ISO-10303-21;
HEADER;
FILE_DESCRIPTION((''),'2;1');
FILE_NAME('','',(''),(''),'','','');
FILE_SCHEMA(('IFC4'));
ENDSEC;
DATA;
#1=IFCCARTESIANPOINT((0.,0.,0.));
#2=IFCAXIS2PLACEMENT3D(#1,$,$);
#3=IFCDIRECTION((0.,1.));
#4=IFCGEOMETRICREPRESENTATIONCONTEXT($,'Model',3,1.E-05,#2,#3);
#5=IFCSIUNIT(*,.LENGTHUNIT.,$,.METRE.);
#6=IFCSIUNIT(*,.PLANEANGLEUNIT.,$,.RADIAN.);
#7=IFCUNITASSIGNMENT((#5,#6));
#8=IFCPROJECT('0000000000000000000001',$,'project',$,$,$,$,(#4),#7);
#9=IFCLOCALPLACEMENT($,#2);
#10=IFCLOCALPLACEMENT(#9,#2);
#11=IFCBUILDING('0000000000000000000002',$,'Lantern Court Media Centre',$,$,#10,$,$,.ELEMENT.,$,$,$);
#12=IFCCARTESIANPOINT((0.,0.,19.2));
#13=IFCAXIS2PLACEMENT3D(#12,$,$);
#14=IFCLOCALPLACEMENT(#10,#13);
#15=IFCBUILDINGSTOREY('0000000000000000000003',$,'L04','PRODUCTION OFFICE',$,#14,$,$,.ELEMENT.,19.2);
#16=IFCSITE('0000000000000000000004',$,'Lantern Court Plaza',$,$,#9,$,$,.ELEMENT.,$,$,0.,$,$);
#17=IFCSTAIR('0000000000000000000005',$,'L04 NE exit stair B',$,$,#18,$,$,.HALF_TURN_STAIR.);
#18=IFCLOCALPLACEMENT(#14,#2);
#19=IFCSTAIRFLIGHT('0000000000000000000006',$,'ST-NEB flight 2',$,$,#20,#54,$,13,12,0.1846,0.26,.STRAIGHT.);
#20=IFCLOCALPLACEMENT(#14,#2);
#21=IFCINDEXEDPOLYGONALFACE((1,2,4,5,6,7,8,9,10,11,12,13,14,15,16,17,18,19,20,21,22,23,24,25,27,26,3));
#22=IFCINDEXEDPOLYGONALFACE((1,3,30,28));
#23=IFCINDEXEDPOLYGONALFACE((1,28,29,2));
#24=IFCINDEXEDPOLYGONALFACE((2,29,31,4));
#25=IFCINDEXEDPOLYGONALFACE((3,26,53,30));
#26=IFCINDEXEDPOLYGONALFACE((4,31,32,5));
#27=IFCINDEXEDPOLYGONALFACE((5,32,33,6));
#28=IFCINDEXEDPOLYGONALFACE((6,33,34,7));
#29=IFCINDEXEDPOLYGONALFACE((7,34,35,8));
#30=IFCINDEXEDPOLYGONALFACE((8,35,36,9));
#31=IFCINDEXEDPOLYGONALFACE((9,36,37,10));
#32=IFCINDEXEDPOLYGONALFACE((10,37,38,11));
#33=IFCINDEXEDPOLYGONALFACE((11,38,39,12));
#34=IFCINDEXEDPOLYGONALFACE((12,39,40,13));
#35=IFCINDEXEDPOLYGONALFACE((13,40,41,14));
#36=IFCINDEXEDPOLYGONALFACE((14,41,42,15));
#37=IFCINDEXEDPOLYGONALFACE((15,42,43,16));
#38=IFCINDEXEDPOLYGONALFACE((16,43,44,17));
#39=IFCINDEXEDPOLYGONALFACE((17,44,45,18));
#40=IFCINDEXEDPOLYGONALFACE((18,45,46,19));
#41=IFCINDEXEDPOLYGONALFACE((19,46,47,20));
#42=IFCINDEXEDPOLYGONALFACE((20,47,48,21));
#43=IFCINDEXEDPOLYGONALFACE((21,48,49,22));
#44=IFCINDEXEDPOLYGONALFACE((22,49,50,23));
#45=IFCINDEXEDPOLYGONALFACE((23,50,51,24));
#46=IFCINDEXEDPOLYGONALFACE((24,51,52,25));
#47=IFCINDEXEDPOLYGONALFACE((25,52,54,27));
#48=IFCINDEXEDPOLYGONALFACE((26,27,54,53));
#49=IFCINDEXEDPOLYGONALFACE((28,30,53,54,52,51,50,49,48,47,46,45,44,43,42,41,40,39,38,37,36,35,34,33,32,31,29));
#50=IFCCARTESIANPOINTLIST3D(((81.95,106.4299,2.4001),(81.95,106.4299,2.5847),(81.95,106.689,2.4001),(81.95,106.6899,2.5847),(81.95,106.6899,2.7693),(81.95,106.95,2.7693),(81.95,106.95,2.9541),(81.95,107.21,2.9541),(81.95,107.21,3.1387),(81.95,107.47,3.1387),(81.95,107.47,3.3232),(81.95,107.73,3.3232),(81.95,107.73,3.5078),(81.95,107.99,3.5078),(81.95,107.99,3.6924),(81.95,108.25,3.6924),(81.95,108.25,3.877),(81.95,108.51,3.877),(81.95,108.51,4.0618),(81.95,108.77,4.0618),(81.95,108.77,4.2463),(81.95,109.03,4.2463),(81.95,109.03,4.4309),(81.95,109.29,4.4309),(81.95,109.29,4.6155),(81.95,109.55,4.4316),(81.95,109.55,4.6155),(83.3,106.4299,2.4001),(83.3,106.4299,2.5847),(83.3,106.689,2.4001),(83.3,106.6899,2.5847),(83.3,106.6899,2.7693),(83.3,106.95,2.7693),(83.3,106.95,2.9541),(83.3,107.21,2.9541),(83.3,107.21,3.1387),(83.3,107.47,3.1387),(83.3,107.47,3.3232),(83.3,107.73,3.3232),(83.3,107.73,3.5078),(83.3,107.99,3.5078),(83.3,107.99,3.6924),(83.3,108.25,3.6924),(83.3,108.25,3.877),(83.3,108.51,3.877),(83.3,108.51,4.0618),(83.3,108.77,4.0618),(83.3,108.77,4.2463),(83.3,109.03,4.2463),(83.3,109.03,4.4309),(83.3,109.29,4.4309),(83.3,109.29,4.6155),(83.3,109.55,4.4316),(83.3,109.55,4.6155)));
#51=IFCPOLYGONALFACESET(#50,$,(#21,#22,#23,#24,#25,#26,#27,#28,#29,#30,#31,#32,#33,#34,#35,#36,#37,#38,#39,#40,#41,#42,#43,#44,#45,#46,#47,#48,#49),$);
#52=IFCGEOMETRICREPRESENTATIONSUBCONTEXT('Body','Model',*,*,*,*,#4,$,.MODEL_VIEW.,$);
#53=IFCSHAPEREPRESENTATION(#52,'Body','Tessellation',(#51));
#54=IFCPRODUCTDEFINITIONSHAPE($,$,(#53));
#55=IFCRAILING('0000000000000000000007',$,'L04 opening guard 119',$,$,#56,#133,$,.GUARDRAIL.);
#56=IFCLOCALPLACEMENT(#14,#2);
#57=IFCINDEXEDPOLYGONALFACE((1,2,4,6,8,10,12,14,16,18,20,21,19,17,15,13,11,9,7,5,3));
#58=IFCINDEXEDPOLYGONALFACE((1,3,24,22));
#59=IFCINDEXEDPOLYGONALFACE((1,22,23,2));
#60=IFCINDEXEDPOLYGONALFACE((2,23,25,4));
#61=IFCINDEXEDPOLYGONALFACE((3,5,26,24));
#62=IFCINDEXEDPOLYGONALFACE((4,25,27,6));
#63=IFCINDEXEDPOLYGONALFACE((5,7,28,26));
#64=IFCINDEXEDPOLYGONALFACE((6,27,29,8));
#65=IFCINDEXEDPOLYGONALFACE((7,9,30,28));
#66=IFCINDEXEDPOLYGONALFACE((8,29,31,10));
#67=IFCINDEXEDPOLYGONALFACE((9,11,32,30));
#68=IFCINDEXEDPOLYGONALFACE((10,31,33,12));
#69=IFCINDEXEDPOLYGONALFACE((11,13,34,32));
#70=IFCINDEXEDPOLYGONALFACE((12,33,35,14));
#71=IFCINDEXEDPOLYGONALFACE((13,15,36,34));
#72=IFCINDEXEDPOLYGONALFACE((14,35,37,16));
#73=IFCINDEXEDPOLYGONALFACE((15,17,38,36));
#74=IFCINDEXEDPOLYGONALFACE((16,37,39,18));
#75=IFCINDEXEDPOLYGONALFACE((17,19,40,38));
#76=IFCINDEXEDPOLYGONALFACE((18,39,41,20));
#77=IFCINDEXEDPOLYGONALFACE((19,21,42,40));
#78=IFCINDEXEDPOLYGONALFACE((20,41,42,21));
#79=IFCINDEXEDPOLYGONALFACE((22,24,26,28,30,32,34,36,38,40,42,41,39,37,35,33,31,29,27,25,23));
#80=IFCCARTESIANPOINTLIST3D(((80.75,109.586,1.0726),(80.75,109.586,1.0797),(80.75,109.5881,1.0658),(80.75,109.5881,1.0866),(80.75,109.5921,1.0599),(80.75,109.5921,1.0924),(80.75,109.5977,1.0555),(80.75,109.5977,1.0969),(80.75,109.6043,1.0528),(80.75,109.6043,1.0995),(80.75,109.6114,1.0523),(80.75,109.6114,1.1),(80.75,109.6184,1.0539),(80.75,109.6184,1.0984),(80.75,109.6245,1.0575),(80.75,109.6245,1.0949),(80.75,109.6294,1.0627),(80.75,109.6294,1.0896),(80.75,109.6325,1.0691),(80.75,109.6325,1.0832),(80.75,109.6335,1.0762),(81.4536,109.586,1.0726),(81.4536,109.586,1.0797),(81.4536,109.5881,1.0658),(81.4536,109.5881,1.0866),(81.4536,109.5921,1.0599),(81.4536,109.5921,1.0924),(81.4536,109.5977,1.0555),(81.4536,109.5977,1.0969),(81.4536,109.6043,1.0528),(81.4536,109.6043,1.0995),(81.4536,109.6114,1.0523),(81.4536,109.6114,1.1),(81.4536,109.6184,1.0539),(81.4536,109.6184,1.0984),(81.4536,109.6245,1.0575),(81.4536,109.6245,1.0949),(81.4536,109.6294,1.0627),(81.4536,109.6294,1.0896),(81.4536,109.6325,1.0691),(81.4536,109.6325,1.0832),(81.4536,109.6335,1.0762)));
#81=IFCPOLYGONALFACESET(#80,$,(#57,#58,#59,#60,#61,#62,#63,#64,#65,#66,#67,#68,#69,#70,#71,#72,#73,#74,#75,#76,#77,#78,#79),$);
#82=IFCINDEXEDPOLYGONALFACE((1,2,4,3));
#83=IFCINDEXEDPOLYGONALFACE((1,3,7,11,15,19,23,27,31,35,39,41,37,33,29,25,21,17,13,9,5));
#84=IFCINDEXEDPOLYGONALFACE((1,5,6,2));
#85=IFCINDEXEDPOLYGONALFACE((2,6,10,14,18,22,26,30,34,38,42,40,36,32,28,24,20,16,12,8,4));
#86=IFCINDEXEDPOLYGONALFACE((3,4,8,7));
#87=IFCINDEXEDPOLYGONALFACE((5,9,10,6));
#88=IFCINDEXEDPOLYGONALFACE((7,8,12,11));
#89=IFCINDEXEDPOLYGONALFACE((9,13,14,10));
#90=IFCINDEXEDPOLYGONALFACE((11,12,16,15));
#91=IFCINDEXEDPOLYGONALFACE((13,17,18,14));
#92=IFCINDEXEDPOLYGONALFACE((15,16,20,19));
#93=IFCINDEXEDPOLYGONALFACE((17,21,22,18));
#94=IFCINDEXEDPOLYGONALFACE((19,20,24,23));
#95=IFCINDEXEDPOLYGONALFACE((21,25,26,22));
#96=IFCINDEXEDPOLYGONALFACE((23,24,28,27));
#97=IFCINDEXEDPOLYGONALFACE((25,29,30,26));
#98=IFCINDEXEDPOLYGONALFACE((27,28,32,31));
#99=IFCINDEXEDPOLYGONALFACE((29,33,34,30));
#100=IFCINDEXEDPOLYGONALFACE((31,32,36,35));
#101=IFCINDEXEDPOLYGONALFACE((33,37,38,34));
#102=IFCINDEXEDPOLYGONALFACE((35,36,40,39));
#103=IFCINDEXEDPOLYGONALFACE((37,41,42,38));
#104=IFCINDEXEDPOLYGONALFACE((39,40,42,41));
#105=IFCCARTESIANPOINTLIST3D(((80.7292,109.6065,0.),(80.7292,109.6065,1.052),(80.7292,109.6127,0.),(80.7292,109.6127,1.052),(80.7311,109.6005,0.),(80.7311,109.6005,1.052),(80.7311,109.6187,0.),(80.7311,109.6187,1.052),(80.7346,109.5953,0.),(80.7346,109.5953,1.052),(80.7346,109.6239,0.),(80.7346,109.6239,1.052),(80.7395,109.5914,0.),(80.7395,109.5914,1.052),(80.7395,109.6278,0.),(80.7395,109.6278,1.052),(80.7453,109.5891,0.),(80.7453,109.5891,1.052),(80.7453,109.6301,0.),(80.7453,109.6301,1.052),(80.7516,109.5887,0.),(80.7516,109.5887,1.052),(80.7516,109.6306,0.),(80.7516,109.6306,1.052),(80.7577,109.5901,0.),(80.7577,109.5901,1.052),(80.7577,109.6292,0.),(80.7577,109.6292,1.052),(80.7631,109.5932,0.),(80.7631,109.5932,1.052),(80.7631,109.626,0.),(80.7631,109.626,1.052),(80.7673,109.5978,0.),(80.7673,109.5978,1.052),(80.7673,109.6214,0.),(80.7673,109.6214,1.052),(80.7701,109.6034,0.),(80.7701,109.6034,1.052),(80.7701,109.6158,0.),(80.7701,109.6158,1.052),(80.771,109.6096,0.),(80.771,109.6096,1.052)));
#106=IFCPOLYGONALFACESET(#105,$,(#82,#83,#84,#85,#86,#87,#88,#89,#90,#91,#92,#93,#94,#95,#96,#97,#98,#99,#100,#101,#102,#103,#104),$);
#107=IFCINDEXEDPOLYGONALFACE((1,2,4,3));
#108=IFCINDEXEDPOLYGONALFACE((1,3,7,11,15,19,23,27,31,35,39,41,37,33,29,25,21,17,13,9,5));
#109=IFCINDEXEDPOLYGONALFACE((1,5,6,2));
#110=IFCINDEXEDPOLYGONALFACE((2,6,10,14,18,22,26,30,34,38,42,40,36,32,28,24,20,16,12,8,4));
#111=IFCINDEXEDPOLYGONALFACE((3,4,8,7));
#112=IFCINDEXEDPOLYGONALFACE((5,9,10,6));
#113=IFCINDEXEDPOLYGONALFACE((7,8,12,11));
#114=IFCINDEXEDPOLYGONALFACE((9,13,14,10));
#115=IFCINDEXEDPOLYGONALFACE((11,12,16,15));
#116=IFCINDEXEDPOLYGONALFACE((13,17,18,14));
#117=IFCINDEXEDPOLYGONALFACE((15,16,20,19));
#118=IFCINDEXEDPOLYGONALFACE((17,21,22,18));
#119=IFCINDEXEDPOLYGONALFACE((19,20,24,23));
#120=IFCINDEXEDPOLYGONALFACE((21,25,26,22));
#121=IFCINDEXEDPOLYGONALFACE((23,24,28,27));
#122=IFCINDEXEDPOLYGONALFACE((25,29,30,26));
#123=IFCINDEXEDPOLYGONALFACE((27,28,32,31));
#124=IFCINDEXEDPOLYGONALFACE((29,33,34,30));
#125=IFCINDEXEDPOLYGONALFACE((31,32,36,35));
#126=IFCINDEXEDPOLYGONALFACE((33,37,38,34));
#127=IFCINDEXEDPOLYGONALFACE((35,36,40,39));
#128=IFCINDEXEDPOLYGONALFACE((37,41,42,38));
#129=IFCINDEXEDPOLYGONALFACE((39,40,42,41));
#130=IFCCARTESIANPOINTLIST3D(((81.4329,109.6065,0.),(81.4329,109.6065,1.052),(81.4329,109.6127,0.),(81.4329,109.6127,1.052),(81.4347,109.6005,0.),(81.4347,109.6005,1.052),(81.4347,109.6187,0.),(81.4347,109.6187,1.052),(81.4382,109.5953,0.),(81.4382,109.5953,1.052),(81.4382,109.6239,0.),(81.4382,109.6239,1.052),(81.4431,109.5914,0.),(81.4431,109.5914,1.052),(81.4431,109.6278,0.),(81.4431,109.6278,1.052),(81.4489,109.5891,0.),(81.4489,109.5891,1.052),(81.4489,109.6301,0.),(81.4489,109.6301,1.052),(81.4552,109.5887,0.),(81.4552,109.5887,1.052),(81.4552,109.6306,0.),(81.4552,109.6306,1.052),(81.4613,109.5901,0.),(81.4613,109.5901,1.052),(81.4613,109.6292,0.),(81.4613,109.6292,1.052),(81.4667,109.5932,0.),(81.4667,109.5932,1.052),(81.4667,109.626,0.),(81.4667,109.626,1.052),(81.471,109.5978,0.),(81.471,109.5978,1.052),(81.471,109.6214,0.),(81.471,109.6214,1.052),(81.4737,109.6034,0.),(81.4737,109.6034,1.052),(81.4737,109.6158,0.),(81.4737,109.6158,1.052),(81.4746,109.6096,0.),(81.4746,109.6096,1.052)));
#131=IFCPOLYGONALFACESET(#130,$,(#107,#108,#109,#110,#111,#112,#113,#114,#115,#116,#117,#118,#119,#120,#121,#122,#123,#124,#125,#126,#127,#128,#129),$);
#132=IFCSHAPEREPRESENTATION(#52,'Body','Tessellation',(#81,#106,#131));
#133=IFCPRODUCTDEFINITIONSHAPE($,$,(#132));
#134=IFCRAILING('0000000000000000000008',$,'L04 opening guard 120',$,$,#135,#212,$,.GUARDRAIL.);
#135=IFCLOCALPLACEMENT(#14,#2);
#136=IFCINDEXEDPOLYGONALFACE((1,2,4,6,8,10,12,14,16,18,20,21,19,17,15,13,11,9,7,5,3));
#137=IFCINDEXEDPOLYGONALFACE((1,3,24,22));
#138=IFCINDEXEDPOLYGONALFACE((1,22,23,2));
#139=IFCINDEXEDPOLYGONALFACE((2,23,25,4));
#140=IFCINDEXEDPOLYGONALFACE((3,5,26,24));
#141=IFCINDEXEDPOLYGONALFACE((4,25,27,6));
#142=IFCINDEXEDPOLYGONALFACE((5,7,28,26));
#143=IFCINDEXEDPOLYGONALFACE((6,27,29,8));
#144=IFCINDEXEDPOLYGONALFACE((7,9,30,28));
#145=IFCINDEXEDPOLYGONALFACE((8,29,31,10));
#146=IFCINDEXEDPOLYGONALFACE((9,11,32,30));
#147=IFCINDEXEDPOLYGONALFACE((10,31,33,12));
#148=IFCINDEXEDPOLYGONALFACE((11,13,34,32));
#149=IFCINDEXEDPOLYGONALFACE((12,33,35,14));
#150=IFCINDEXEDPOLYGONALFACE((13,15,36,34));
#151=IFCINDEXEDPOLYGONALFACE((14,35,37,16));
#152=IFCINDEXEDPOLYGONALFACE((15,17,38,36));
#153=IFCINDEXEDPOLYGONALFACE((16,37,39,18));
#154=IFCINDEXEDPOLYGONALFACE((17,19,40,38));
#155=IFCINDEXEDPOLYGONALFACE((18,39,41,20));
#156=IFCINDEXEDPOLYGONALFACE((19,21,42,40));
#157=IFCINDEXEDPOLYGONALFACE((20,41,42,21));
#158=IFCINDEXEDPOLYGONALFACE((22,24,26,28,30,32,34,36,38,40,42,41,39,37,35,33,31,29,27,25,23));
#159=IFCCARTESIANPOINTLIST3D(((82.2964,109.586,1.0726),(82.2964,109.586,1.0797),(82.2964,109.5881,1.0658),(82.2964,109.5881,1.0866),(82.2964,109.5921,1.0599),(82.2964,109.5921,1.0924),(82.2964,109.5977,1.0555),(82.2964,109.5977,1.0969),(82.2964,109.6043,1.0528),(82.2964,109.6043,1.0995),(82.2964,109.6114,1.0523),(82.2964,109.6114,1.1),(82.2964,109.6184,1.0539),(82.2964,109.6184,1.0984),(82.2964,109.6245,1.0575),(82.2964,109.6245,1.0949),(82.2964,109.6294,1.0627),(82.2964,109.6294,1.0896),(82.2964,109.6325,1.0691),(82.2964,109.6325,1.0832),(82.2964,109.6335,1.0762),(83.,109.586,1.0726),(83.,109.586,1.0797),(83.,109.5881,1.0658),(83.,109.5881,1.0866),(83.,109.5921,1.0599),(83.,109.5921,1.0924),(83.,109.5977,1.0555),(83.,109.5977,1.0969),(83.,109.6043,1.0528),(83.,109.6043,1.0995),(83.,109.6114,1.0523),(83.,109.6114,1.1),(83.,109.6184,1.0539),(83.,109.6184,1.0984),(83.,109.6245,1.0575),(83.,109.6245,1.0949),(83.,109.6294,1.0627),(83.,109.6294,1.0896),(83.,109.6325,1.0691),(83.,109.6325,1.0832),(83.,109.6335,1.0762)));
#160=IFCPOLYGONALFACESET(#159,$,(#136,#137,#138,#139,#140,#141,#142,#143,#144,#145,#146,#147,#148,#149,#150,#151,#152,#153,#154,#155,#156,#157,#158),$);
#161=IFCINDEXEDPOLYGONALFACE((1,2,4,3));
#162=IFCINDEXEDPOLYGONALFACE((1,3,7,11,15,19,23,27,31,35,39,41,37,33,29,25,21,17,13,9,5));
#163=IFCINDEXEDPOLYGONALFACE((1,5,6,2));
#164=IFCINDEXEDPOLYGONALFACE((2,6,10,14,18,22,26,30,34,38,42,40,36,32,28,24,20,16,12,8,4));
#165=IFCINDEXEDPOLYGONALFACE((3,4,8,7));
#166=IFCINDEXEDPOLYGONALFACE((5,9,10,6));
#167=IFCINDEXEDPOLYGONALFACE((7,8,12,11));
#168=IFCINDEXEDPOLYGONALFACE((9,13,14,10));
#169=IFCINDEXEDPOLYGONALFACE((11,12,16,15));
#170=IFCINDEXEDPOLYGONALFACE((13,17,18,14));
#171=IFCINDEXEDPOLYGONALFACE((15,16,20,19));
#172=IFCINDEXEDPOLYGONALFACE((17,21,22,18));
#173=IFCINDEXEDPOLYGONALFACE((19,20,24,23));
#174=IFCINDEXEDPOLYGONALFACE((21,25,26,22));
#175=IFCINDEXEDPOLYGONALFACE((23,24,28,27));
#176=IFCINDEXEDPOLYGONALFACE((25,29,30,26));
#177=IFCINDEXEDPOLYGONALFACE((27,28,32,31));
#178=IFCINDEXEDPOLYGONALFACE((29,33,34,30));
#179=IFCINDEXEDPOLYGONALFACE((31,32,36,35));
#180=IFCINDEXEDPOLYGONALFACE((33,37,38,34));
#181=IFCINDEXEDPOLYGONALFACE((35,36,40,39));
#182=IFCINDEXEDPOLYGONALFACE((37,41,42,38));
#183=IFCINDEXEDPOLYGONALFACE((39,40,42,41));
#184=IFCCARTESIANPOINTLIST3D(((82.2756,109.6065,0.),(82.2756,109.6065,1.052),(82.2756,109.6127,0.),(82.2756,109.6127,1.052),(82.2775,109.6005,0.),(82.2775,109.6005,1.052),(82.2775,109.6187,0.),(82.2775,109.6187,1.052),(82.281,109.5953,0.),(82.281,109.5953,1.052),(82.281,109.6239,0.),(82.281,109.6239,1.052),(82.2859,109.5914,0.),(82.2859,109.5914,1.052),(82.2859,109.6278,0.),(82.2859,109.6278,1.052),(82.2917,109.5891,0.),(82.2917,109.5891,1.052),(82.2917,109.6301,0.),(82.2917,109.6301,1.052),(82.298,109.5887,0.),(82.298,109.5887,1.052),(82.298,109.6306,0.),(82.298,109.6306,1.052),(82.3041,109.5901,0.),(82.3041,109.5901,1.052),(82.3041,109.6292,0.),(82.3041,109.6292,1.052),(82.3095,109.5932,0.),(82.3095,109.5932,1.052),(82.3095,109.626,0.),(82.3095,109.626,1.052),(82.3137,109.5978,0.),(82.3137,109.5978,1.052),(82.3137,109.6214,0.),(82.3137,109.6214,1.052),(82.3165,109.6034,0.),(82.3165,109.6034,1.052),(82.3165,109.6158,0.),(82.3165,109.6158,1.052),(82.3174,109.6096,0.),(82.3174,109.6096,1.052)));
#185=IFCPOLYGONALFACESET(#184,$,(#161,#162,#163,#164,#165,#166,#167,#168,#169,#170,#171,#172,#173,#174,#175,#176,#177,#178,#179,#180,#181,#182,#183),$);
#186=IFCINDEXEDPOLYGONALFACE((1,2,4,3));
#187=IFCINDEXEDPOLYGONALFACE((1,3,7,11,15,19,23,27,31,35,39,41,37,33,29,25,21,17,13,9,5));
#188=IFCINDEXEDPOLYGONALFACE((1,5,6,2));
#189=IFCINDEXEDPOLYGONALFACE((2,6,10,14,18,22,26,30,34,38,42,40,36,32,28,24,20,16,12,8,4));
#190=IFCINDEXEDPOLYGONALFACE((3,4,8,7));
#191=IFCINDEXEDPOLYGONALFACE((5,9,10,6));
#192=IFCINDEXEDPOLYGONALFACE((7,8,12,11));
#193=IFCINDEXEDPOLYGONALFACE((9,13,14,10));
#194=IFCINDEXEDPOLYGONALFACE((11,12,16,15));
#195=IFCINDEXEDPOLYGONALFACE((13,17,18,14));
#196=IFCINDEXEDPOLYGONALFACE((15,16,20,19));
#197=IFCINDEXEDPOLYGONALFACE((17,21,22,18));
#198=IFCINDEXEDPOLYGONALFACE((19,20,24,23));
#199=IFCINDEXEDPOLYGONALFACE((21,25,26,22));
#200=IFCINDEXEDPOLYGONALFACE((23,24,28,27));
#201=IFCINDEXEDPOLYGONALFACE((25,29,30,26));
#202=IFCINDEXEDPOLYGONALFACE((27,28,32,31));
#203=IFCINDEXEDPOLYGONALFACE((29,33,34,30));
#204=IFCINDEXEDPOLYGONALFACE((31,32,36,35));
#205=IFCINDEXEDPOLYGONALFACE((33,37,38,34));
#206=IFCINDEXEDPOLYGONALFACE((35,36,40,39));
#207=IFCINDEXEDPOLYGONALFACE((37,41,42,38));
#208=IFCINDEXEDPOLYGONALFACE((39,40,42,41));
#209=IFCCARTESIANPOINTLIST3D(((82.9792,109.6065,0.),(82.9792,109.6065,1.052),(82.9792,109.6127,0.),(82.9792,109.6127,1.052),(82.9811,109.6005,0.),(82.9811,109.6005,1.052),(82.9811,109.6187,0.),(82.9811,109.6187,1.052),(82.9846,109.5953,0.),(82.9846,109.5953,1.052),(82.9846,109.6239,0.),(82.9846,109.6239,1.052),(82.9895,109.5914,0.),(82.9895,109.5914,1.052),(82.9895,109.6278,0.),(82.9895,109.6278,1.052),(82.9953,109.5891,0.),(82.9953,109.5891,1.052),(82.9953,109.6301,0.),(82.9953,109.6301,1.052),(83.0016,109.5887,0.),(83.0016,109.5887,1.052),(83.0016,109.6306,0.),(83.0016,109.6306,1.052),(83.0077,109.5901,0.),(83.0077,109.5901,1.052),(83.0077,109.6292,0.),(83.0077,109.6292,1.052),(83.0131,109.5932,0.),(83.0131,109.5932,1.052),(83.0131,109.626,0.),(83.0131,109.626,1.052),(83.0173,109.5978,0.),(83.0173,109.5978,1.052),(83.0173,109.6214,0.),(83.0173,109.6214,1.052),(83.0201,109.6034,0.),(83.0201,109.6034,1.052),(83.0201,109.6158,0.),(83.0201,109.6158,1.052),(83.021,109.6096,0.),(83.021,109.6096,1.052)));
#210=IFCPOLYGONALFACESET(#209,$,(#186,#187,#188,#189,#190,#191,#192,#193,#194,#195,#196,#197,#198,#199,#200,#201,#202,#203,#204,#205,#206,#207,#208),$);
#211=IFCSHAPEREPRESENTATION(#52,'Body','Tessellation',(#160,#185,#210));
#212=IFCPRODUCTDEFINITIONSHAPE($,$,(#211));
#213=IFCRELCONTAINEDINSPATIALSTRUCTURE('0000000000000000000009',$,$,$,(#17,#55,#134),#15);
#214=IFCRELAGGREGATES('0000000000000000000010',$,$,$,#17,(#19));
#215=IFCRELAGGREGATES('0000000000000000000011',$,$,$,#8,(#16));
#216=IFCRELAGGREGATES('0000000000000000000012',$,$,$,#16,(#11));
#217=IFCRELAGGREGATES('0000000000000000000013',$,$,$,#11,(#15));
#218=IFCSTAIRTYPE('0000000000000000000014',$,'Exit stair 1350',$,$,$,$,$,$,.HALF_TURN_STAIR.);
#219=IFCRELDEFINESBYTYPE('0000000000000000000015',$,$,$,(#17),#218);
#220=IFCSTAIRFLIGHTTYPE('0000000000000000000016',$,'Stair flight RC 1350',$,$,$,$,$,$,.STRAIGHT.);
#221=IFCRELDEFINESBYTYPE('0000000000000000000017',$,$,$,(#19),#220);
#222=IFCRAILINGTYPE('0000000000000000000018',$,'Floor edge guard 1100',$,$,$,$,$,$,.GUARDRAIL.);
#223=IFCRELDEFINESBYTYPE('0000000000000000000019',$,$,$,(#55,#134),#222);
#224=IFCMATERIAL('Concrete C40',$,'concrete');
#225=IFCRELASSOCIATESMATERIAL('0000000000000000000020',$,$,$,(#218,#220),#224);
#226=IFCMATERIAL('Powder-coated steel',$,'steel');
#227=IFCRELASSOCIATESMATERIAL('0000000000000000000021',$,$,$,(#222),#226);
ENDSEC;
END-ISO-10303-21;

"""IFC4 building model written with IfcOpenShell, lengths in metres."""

from ifc_helpers import new_model, si_unit, direction, frame, origin, origin_2d, place, context, subcontext, project, spatial, polyline, circle, outline, extrude, material, type_object, element, aggregate, save


model = new_model("IFC4")

# Units and contexts
model_context = context("Model", 3, precision=1e-05, world=origin(), true_north=direction((0.0, 1.0)))
body_context = subcontext(model_context, "Body", "Model", "MODEL_VIEW")
ifc_project = project(units=[si_unit("LENGTHUNIT", "METRE"), si_unit("PLANEANGLEUNIT", "RADIAN")], contexts=[model_context])

# Site, building, storey
site_placement = place(None, origin())
site = spatial("IfcSite", under=ifc_project, at=site_placement, Name="Lantern Court Plaza", CompositionType="ELEMENT", RefElevation=0.0)
building_placement = place(site_placement, origin())
building = spatial("IfcBuilding", under=site, at=building_placement, Name="Lantern Court Media Centre", CompositionType="ELEMENT")
storey_placement = place(building_placement, frame((0.0, 0.0, 19.2)))
storey = spatial("IfcBuildingStorey", under=building, at=storey_placement, Name="L04", Description="PRODUCTION OFFICE", CompositionType="ELEMENT", Elevation=19.2)

# Shared definitions
ifc_material_1 = material(Name="Concrete C40", Category="concrete")

# Stair, stair flight
stair_type = type_object("IfcStairType", Name="Exit stair 1350", PredefinedType="HALF_TURN_STAIR", material=ifc_material_1)
stair_placement = place(storey_placement, origin())
stair = element("IfcStair", 1, at=stair_placement, inside=storey, type_object=stair_type, Name="L04 NE exit stair B", PredefinedType="HALF_TURN_STAIR")
stair_flight_type = type_object("IfcStairFlightType", Name="Stair flight RC 1350", PredefinedType="STRAIGHT", material=ifc_material_1)
stair_flight_1_placement = place(storey_placement, frame((82.625, 106.4299, 2.4001), z_axis=(0.0, 0.0, 1.0), x_axis=(0.0, 1.0, 0.0)))
stair_flight_1 = element("IfcStairFlight", 2, at=stair_flight_1_placement, type_object=stair_flight_type, Name="ST-NEB flight 2", NumberOfRisers=13, NumberOfTreads=12, PredefinedType="STRAIGHT", RiserHeight=0.1846, TreadLength=0.26, context=body_context, shape_type="SweptSolid", body=[
    extrude(outline(polyline([(0.0, 0.0), (0.0, 0.1846), (0.26, 0.1846), (0.26, 0.3691), (0.52, 0.3691), (0.52, 0.554), (0.78, 0.554), (0.78, 0.7385), (1.04, 0.7385), (1.04, 0.9231), (1.3, 0.9231), (1.3, 1.1077), (1.5601, 1.1077), (1.5601, 1.2922), (1.8201, 1.2922), (1.8201, 1.4768), (2.0801, 1.4768), (2.0801, 1.6616), (2.3401, 1.6616), (2.3401, 1.8462), (2.6001, 1.8462), (2.6001, 2.0308), (2.8601, 2.0308), (2.8601, 2.2153), (3.1201, 2.2153), (3.1201, 2.3999), (3.1201, 2.0315), (0.259, 0.0), (0.0, 0.0)])), frame((0.0, 0.675, 0.0), z_axis=(0.0, -1.0, 0.0), x_axis=(1.0, 0.0, 0.0)), (0.0, 0.0, 1.0), 1.3501),
])
aggregate(stair, [stair_flight_1])

# Railings
ifc_material_2 = material(Name="Powder-coated steel", Category="steel")
railing_type_1 = type_object("IfcRailingType", Name="Floor edge guard 1100", PredefinedType="GUARDRAIL", material=ifc_material_2)
for number, where, name in (
    (3, (80.75, 109.6096, 0.0), "L04 opening guard 119"),
    (4, (82.2964, 109.6096, 0.0), "L04 opening guard 120"),
):
    element("IfcRailing", number, at=place(storey_placement, frame(where)), inside=storey, type_object=railing_type_1, Name=name, PredefinedType="GUARDRAIL", context=body_context, shape_type="SweptSolid", body=[
        extrude(circle(Radius=0.0239, at=origin_2d()), frame((0.0, 0.0, 1.0762), z_axis=(1.0, 0.0, 0.0), x_axis=(0.0, 1.0, 0.0)), (0.0, 0.0, 1.0), 0.7036),
        extrude(circle(Radius=0.021, at=origin_2d()), origin(), (0.0, 0.0, 1.0), 1.052),
        extrude(circle(Radius=0.021, at=origin_2d()), frame((0.7036, 0.0, 0.0)), (0.0, 0.0, 1.0), 1.052),
    ])

save(model, "model.ifc")
